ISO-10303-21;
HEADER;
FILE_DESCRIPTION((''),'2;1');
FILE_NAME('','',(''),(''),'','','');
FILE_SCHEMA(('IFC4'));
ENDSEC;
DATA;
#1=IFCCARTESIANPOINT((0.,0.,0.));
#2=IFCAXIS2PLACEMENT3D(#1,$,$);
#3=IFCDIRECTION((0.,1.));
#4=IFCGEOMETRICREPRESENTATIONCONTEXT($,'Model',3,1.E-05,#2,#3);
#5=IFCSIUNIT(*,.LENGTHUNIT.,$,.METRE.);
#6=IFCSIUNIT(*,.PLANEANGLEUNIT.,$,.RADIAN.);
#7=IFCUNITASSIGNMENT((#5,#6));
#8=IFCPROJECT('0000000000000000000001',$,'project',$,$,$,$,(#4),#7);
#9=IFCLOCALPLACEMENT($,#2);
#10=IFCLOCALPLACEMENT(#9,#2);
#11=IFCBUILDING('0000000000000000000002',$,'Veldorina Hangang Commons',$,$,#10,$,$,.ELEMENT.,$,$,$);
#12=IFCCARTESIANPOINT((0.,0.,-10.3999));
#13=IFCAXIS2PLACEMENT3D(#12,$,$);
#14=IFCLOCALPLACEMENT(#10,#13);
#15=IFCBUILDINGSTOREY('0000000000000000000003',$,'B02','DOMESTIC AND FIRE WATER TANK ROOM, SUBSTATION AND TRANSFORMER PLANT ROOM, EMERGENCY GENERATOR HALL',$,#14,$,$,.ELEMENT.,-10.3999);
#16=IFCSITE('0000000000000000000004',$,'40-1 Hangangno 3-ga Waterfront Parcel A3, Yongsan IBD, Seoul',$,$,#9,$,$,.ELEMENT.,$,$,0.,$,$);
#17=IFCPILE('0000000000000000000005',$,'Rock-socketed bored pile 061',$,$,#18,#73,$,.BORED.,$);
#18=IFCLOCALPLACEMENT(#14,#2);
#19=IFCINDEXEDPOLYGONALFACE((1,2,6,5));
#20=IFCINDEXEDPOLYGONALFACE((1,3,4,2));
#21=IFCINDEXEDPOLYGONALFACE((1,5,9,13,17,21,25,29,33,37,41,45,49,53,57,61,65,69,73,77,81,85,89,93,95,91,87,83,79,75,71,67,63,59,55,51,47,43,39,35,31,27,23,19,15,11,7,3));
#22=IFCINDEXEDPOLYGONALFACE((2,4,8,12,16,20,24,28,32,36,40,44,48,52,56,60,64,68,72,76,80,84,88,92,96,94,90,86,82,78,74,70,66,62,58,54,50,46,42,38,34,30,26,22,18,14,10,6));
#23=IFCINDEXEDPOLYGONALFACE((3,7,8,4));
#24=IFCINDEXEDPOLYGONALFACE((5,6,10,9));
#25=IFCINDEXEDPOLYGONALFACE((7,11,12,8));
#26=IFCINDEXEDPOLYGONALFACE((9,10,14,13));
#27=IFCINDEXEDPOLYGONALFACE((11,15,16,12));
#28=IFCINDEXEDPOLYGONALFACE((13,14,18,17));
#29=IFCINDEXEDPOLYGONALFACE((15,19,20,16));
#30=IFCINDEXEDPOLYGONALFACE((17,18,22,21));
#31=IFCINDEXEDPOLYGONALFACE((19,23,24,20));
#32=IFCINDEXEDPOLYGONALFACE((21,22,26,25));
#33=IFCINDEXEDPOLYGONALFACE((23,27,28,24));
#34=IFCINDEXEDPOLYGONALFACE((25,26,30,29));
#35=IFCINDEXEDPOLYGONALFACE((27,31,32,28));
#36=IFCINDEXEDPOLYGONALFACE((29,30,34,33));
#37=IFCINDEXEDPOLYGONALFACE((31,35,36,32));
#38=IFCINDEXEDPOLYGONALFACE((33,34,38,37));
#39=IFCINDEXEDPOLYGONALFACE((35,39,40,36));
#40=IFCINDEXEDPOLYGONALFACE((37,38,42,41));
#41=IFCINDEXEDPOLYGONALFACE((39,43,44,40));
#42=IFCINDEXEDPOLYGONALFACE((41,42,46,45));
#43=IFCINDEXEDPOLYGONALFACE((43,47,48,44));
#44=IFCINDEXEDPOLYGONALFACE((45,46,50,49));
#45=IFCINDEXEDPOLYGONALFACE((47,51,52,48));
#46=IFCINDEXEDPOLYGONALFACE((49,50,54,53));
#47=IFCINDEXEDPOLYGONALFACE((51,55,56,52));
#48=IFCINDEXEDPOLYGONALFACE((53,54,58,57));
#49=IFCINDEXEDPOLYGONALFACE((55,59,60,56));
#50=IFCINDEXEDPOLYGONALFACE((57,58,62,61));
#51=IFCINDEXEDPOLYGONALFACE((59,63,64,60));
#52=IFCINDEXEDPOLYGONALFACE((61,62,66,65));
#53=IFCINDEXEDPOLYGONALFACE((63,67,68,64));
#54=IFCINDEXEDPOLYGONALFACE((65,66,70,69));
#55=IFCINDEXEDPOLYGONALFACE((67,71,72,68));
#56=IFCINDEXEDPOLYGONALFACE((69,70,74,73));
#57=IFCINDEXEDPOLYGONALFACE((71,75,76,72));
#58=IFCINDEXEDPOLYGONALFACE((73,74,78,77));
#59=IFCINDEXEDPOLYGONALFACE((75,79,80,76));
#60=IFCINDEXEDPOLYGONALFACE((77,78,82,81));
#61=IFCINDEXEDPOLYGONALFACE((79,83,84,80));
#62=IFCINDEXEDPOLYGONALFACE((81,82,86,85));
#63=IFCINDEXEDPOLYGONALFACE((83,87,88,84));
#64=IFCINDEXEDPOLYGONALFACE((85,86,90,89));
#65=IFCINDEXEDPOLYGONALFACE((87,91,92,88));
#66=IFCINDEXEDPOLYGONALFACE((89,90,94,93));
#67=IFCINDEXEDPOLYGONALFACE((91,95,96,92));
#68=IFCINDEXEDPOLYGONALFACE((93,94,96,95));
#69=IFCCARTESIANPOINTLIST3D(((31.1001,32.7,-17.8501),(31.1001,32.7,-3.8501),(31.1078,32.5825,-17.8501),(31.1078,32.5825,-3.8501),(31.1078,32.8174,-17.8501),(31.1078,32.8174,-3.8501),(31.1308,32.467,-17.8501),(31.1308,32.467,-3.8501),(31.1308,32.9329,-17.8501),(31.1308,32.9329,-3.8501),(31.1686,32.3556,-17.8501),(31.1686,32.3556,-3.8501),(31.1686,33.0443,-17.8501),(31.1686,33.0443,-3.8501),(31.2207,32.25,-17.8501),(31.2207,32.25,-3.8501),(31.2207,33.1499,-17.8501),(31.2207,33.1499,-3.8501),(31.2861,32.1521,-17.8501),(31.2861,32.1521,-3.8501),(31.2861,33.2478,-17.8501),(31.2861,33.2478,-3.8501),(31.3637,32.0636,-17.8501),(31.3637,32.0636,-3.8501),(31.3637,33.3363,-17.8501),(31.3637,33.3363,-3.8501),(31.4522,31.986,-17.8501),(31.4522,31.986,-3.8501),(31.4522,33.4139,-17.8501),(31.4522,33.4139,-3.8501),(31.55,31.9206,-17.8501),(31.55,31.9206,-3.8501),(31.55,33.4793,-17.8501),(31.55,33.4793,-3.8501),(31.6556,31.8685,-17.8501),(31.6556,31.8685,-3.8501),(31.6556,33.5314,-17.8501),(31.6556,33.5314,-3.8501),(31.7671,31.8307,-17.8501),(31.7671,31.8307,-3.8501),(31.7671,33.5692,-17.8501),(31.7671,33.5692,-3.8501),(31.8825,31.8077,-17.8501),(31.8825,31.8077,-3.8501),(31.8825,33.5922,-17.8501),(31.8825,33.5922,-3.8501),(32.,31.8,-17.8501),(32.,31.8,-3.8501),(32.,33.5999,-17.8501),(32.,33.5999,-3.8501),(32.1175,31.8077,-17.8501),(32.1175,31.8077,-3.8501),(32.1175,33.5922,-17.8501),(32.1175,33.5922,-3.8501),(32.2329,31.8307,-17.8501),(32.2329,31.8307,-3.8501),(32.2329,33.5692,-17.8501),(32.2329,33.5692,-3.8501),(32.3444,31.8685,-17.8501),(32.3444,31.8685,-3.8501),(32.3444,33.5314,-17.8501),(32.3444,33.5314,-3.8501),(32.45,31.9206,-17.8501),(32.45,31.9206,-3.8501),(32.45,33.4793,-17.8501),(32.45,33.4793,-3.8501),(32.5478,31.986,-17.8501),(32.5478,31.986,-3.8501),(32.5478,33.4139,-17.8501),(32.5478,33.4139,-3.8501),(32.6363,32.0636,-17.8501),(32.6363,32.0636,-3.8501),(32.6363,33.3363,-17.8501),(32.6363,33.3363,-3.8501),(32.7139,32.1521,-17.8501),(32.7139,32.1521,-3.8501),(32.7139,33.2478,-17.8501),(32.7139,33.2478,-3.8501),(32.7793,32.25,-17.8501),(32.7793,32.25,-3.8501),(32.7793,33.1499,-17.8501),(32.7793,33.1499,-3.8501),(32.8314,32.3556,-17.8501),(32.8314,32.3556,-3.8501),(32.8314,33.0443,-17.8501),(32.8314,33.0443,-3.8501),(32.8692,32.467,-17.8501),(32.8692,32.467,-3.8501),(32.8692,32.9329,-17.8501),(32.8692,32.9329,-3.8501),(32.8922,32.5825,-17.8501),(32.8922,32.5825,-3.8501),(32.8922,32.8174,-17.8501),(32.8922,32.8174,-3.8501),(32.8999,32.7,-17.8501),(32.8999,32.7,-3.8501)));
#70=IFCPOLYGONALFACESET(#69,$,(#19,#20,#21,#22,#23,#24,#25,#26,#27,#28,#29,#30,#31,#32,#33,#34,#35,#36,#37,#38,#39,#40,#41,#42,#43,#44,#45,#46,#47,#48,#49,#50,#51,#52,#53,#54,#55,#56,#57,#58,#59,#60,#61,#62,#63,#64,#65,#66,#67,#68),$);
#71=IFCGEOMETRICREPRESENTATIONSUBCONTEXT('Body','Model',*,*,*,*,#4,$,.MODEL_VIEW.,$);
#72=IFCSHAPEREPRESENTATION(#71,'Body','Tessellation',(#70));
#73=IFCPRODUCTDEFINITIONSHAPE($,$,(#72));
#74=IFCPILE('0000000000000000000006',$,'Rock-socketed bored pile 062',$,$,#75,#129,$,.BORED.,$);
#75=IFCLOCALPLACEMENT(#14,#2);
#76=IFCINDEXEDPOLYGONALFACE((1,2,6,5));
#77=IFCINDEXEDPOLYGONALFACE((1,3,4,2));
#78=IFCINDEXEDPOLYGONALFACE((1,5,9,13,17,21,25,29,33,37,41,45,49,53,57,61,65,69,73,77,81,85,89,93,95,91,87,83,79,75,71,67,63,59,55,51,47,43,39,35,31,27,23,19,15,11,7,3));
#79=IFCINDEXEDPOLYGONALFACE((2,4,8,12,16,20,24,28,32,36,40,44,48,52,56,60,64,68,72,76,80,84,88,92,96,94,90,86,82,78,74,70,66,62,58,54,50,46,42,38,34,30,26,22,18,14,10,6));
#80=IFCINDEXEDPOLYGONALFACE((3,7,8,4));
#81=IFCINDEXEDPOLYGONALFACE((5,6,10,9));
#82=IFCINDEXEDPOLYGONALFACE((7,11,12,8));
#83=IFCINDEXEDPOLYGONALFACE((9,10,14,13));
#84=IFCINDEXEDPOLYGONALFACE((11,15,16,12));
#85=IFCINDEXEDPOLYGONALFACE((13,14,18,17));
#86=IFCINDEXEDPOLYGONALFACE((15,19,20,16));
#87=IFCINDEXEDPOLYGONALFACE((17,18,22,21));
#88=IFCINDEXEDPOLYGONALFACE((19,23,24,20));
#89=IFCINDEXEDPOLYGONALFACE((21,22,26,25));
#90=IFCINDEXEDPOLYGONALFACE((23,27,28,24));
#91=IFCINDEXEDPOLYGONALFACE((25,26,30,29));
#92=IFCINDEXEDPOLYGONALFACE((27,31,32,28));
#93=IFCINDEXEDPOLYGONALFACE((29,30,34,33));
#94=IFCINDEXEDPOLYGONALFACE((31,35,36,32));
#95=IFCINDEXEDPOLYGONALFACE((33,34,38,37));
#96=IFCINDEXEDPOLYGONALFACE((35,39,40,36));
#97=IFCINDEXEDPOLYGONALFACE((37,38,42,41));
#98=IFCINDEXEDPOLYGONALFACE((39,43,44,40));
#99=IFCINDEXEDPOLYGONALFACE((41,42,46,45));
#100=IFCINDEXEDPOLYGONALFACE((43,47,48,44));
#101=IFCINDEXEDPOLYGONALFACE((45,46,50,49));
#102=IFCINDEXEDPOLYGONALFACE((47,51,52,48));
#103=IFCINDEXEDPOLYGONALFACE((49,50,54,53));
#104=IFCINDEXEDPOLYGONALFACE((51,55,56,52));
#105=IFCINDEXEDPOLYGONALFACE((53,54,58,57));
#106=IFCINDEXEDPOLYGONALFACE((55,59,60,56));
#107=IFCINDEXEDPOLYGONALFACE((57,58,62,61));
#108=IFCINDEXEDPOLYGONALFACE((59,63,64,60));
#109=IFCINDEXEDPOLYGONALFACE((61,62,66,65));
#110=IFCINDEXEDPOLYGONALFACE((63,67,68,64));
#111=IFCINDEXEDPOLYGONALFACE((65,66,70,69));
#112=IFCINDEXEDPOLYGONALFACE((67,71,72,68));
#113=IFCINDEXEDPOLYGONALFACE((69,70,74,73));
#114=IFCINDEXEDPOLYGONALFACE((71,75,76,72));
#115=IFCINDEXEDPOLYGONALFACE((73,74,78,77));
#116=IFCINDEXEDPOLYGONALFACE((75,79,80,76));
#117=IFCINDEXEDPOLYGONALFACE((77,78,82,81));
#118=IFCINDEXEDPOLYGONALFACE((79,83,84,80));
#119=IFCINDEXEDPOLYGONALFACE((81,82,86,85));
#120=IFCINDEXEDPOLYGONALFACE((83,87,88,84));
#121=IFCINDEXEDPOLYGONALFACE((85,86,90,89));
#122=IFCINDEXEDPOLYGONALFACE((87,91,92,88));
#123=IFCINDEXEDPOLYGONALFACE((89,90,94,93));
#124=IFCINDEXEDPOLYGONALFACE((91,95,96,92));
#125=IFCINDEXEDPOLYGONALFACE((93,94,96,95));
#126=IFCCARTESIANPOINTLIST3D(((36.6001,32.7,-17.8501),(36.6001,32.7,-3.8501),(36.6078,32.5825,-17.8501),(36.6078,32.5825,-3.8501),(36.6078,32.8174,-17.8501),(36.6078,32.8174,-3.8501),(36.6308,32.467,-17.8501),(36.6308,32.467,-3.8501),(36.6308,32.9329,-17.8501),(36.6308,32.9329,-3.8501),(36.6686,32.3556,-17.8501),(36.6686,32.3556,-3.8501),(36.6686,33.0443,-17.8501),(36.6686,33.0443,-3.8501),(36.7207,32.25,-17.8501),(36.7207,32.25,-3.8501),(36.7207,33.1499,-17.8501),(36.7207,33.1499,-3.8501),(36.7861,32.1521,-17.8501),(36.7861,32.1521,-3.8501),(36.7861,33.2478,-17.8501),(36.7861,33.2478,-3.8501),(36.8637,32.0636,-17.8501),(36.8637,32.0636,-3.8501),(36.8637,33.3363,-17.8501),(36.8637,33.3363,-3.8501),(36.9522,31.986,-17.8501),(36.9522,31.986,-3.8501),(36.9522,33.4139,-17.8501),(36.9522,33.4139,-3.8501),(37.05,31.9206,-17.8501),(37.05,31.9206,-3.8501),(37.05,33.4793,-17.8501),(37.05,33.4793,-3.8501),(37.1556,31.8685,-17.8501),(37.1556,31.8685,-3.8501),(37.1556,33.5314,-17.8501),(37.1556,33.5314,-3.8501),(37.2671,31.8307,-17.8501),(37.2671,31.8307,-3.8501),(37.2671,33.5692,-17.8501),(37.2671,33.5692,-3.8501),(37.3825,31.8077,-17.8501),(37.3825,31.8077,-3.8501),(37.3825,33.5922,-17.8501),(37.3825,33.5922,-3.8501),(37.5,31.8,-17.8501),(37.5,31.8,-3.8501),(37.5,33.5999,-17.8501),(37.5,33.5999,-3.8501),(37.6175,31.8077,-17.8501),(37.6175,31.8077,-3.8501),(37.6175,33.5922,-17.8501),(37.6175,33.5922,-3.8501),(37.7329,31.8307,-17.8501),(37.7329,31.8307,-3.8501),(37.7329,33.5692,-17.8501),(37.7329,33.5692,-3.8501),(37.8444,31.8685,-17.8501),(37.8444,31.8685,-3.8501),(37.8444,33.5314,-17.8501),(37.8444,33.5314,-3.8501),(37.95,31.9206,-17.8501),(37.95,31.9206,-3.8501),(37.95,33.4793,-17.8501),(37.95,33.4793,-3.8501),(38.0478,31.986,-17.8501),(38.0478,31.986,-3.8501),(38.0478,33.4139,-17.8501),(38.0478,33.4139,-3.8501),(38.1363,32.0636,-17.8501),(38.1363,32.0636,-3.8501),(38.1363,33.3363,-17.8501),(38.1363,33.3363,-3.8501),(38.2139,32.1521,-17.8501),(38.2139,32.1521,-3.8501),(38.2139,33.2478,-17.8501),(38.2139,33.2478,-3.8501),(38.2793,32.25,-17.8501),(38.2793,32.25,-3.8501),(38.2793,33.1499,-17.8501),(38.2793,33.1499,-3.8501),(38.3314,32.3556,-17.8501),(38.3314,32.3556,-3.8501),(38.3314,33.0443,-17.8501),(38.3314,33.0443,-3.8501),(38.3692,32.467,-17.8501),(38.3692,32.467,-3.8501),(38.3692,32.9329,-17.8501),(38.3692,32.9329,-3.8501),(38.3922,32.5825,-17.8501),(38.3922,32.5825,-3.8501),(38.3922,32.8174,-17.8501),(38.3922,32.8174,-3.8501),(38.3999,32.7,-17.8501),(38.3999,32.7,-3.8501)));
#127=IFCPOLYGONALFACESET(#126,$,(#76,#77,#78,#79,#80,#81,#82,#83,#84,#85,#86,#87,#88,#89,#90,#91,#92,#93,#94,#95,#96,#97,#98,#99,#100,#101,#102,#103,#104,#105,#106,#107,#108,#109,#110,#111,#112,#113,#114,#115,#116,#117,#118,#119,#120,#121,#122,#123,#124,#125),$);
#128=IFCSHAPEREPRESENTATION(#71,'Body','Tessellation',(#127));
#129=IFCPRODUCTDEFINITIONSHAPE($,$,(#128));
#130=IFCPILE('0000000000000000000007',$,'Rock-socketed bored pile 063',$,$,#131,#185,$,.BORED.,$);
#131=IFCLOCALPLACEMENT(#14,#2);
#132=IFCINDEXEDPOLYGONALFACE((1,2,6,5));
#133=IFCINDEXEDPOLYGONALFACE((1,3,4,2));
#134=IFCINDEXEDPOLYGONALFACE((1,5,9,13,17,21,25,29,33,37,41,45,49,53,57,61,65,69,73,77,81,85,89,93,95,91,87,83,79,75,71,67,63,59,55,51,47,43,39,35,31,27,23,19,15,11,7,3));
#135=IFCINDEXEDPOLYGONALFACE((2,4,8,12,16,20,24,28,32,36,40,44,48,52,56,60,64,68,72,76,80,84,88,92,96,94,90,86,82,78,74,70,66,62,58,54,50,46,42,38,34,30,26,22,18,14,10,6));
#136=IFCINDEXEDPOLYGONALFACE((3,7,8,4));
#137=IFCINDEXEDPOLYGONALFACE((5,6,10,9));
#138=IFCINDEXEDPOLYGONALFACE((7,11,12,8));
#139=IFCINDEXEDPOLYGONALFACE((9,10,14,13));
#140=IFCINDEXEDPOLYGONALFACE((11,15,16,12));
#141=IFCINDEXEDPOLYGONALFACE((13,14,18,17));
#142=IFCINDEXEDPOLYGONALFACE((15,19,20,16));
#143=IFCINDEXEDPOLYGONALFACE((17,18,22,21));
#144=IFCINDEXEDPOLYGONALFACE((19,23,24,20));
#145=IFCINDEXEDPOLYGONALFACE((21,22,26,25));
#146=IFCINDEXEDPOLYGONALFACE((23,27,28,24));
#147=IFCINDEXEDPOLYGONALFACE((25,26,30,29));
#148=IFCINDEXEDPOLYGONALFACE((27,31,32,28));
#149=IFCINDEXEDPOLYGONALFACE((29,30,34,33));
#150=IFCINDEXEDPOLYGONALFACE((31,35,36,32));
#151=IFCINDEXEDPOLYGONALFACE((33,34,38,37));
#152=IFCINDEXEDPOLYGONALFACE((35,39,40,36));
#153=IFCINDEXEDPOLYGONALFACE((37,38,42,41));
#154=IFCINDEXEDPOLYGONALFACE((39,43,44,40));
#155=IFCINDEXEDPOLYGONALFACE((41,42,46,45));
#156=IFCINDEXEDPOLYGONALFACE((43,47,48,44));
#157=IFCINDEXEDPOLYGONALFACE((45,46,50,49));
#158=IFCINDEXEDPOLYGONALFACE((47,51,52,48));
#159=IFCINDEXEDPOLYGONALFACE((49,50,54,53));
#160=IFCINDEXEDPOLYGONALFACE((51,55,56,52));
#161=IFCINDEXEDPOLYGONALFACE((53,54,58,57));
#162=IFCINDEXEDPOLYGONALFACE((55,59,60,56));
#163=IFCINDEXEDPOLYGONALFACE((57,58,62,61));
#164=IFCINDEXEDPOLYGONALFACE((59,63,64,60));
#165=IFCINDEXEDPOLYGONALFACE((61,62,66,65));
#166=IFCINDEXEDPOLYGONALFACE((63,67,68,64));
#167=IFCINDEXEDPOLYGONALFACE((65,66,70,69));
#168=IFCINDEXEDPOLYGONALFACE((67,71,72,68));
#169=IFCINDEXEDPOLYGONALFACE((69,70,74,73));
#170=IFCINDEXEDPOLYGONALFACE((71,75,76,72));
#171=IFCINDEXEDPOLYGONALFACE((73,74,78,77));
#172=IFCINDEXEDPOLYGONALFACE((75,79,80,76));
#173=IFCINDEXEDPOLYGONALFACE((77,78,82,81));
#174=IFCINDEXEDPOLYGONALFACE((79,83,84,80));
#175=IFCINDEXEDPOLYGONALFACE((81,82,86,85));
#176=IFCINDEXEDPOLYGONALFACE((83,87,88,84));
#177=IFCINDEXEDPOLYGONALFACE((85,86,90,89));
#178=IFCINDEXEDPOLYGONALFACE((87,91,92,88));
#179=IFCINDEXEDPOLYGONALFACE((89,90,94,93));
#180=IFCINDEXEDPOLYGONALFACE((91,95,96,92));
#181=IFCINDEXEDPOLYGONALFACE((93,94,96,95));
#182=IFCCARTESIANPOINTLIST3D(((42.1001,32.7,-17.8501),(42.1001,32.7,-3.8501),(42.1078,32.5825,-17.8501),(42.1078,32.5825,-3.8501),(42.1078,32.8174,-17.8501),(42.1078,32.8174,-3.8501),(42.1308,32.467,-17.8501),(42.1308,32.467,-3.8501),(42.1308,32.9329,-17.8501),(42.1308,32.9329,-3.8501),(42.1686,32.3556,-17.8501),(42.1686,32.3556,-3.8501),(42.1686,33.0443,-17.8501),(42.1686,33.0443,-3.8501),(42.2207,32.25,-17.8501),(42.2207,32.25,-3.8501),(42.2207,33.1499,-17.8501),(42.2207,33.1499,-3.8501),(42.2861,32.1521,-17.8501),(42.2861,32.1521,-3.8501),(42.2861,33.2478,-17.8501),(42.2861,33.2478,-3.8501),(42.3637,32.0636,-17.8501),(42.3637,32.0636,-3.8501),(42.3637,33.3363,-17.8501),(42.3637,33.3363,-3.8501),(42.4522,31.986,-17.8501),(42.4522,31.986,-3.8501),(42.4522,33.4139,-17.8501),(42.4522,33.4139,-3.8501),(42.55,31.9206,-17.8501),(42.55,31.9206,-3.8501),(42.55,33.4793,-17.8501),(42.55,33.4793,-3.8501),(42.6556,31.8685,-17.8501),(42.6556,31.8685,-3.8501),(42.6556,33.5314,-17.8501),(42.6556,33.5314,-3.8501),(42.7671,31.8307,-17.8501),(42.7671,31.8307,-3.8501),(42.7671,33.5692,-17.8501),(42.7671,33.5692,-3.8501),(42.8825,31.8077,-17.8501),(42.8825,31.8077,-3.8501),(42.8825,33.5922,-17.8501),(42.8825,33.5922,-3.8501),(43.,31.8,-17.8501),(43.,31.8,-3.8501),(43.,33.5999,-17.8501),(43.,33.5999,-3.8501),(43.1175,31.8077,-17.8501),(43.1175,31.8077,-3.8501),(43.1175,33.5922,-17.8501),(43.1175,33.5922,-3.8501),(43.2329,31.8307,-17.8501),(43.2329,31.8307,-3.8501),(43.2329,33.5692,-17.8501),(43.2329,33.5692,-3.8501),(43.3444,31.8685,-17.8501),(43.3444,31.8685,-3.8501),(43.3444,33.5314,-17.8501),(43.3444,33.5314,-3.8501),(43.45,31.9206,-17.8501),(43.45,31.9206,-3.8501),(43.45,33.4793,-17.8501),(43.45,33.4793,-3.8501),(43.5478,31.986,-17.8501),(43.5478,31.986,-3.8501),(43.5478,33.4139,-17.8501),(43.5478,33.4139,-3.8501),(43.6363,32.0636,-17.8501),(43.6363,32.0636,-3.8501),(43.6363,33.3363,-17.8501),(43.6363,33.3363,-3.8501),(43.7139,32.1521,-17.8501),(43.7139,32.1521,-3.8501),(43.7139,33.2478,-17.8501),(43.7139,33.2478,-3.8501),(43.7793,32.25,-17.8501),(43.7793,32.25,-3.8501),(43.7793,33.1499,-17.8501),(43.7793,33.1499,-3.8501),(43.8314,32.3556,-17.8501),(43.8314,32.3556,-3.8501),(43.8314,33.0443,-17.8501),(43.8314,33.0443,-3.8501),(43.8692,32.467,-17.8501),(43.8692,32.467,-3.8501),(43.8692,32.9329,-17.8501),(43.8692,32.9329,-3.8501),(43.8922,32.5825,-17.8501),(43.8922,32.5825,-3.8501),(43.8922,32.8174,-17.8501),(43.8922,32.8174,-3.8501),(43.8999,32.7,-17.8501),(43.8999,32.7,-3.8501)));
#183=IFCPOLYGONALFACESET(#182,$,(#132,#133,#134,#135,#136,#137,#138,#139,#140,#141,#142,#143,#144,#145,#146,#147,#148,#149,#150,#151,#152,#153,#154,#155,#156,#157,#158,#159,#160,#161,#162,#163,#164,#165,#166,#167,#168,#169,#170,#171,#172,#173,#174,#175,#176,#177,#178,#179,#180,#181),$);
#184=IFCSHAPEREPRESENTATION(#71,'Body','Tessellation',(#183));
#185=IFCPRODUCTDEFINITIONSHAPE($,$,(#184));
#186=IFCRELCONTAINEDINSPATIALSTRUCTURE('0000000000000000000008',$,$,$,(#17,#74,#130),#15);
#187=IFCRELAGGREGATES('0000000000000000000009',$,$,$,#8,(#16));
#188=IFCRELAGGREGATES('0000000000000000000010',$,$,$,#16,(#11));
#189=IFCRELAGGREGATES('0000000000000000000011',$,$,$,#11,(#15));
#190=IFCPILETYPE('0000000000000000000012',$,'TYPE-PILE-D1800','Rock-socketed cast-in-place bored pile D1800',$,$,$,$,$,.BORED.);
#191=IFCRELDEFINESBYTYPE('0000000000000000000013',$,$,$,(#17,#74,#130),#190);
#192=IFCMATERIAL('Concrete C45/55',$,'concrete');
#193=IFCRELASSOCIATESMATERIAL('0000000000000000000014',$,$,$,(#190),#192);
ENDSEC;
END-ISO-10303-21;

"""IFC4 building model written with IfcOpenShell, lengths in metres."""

from ifc_helpers import new_model, si_unit, direction, frame, origin, origin_2d, place, context, subcontext, project, spatial, circle, extrude, material, material_profile, profile_set, type_object, element, save


model = new_model("IFC4")

# Units and contexts
model_context = context("Model", 3, precision=1e-05, world=origin(), true_north=direction((0.0, 1.0)))
body_context = subcontext(model_context, "Body", "Model", "MODEL_VIEW")
ifc_project = project(units=[si_unit("LENGTHUNIT", "METRE"), si_unit("PLANEANGLEUNIT", "RADIAN")], contexts=[model_context])

# Site, building, storey
site_placement = place(None, origin())
site = spatial("IfcSite", under=ifc_project, at=site_placement, Name="40-1 Hangangno 3-ga Waterfront Parcel A3, Yongsan IBD, Seoul", CompositionType="ELEMENT", RefElevation=0.0)
building_placement = place(site_placement, origin())
building = spatial("IfcBuilding", under=site, at=building_placement, Name="Veldorina Hangang Commons", CompositionType="ELEMENT")
storey_placement = place(building_placement, frame((0.0, 0.0, -10.3999)))
storey = spatial("IfcBuildingStorey", under=building, at=storey_placement, Name="B02", Description="DOMESTIC AND FIRE WATER TANK ROOM, SUBSTATION AND TRANSFORMER PLANT ROOM, EMERGENCY GENERATOR HALL", CompositionType="ELEMENT", Elevation=-10.3999)

# Piles
ifc_material_1 = material(Name="Concrete C45/55", Category="concrete")
ifc_material_profile_1 = material_profile(ifc_material_1, circle(Radius=0.8999, at=origin_2d()), Name="PILE-D1800")
ifc_profile_set_1 = profile_set([ifc_material_profile_1], Name="Concrete C45/55")
pile_type_1 = type_object("IfcPileType", Name="TYPE-PILE-D1800", Description="Rock-socketed cast-in-place bored pile D1800", PredefinedType="BORED", material=ifc_profile_set_1)
for number, where, z_axis, x_axis, name in (
    (1, (32.0, 32.7, -3.8501), (0.0, 0.0, -1.0), (1.0, 0.0, 0.0), "Rock-socketed bored pile 061"),
    (2, (37.5, 32.7, -3.8501), (0.0, 0.0, -1.0), (1.0, 0.0, 0.0), "Rock-socketed bored pile 062"),
    (3, (43.0, 32.7, -3.8501), (0.0, 0.0, -1.0), (1.0, 0.0, 0.0), "Rock-socketed bored pile 063"),
):
    element("IfcPile", number, at=place(storey_placement, frame(where, z_axis=z_axis, x_axis=x_axis)), inside=storey, type_object=pile_type_1, Name=name, PredefinedType="BORED", context=body_context, shape_type="SweptSolid", body=[
        extrude(circle(Radius=0.8999, at=origin_2d()), origin(), (0.0, 0.0, 1.0), 14.0),
    ])

save(model, "model.ifc")
